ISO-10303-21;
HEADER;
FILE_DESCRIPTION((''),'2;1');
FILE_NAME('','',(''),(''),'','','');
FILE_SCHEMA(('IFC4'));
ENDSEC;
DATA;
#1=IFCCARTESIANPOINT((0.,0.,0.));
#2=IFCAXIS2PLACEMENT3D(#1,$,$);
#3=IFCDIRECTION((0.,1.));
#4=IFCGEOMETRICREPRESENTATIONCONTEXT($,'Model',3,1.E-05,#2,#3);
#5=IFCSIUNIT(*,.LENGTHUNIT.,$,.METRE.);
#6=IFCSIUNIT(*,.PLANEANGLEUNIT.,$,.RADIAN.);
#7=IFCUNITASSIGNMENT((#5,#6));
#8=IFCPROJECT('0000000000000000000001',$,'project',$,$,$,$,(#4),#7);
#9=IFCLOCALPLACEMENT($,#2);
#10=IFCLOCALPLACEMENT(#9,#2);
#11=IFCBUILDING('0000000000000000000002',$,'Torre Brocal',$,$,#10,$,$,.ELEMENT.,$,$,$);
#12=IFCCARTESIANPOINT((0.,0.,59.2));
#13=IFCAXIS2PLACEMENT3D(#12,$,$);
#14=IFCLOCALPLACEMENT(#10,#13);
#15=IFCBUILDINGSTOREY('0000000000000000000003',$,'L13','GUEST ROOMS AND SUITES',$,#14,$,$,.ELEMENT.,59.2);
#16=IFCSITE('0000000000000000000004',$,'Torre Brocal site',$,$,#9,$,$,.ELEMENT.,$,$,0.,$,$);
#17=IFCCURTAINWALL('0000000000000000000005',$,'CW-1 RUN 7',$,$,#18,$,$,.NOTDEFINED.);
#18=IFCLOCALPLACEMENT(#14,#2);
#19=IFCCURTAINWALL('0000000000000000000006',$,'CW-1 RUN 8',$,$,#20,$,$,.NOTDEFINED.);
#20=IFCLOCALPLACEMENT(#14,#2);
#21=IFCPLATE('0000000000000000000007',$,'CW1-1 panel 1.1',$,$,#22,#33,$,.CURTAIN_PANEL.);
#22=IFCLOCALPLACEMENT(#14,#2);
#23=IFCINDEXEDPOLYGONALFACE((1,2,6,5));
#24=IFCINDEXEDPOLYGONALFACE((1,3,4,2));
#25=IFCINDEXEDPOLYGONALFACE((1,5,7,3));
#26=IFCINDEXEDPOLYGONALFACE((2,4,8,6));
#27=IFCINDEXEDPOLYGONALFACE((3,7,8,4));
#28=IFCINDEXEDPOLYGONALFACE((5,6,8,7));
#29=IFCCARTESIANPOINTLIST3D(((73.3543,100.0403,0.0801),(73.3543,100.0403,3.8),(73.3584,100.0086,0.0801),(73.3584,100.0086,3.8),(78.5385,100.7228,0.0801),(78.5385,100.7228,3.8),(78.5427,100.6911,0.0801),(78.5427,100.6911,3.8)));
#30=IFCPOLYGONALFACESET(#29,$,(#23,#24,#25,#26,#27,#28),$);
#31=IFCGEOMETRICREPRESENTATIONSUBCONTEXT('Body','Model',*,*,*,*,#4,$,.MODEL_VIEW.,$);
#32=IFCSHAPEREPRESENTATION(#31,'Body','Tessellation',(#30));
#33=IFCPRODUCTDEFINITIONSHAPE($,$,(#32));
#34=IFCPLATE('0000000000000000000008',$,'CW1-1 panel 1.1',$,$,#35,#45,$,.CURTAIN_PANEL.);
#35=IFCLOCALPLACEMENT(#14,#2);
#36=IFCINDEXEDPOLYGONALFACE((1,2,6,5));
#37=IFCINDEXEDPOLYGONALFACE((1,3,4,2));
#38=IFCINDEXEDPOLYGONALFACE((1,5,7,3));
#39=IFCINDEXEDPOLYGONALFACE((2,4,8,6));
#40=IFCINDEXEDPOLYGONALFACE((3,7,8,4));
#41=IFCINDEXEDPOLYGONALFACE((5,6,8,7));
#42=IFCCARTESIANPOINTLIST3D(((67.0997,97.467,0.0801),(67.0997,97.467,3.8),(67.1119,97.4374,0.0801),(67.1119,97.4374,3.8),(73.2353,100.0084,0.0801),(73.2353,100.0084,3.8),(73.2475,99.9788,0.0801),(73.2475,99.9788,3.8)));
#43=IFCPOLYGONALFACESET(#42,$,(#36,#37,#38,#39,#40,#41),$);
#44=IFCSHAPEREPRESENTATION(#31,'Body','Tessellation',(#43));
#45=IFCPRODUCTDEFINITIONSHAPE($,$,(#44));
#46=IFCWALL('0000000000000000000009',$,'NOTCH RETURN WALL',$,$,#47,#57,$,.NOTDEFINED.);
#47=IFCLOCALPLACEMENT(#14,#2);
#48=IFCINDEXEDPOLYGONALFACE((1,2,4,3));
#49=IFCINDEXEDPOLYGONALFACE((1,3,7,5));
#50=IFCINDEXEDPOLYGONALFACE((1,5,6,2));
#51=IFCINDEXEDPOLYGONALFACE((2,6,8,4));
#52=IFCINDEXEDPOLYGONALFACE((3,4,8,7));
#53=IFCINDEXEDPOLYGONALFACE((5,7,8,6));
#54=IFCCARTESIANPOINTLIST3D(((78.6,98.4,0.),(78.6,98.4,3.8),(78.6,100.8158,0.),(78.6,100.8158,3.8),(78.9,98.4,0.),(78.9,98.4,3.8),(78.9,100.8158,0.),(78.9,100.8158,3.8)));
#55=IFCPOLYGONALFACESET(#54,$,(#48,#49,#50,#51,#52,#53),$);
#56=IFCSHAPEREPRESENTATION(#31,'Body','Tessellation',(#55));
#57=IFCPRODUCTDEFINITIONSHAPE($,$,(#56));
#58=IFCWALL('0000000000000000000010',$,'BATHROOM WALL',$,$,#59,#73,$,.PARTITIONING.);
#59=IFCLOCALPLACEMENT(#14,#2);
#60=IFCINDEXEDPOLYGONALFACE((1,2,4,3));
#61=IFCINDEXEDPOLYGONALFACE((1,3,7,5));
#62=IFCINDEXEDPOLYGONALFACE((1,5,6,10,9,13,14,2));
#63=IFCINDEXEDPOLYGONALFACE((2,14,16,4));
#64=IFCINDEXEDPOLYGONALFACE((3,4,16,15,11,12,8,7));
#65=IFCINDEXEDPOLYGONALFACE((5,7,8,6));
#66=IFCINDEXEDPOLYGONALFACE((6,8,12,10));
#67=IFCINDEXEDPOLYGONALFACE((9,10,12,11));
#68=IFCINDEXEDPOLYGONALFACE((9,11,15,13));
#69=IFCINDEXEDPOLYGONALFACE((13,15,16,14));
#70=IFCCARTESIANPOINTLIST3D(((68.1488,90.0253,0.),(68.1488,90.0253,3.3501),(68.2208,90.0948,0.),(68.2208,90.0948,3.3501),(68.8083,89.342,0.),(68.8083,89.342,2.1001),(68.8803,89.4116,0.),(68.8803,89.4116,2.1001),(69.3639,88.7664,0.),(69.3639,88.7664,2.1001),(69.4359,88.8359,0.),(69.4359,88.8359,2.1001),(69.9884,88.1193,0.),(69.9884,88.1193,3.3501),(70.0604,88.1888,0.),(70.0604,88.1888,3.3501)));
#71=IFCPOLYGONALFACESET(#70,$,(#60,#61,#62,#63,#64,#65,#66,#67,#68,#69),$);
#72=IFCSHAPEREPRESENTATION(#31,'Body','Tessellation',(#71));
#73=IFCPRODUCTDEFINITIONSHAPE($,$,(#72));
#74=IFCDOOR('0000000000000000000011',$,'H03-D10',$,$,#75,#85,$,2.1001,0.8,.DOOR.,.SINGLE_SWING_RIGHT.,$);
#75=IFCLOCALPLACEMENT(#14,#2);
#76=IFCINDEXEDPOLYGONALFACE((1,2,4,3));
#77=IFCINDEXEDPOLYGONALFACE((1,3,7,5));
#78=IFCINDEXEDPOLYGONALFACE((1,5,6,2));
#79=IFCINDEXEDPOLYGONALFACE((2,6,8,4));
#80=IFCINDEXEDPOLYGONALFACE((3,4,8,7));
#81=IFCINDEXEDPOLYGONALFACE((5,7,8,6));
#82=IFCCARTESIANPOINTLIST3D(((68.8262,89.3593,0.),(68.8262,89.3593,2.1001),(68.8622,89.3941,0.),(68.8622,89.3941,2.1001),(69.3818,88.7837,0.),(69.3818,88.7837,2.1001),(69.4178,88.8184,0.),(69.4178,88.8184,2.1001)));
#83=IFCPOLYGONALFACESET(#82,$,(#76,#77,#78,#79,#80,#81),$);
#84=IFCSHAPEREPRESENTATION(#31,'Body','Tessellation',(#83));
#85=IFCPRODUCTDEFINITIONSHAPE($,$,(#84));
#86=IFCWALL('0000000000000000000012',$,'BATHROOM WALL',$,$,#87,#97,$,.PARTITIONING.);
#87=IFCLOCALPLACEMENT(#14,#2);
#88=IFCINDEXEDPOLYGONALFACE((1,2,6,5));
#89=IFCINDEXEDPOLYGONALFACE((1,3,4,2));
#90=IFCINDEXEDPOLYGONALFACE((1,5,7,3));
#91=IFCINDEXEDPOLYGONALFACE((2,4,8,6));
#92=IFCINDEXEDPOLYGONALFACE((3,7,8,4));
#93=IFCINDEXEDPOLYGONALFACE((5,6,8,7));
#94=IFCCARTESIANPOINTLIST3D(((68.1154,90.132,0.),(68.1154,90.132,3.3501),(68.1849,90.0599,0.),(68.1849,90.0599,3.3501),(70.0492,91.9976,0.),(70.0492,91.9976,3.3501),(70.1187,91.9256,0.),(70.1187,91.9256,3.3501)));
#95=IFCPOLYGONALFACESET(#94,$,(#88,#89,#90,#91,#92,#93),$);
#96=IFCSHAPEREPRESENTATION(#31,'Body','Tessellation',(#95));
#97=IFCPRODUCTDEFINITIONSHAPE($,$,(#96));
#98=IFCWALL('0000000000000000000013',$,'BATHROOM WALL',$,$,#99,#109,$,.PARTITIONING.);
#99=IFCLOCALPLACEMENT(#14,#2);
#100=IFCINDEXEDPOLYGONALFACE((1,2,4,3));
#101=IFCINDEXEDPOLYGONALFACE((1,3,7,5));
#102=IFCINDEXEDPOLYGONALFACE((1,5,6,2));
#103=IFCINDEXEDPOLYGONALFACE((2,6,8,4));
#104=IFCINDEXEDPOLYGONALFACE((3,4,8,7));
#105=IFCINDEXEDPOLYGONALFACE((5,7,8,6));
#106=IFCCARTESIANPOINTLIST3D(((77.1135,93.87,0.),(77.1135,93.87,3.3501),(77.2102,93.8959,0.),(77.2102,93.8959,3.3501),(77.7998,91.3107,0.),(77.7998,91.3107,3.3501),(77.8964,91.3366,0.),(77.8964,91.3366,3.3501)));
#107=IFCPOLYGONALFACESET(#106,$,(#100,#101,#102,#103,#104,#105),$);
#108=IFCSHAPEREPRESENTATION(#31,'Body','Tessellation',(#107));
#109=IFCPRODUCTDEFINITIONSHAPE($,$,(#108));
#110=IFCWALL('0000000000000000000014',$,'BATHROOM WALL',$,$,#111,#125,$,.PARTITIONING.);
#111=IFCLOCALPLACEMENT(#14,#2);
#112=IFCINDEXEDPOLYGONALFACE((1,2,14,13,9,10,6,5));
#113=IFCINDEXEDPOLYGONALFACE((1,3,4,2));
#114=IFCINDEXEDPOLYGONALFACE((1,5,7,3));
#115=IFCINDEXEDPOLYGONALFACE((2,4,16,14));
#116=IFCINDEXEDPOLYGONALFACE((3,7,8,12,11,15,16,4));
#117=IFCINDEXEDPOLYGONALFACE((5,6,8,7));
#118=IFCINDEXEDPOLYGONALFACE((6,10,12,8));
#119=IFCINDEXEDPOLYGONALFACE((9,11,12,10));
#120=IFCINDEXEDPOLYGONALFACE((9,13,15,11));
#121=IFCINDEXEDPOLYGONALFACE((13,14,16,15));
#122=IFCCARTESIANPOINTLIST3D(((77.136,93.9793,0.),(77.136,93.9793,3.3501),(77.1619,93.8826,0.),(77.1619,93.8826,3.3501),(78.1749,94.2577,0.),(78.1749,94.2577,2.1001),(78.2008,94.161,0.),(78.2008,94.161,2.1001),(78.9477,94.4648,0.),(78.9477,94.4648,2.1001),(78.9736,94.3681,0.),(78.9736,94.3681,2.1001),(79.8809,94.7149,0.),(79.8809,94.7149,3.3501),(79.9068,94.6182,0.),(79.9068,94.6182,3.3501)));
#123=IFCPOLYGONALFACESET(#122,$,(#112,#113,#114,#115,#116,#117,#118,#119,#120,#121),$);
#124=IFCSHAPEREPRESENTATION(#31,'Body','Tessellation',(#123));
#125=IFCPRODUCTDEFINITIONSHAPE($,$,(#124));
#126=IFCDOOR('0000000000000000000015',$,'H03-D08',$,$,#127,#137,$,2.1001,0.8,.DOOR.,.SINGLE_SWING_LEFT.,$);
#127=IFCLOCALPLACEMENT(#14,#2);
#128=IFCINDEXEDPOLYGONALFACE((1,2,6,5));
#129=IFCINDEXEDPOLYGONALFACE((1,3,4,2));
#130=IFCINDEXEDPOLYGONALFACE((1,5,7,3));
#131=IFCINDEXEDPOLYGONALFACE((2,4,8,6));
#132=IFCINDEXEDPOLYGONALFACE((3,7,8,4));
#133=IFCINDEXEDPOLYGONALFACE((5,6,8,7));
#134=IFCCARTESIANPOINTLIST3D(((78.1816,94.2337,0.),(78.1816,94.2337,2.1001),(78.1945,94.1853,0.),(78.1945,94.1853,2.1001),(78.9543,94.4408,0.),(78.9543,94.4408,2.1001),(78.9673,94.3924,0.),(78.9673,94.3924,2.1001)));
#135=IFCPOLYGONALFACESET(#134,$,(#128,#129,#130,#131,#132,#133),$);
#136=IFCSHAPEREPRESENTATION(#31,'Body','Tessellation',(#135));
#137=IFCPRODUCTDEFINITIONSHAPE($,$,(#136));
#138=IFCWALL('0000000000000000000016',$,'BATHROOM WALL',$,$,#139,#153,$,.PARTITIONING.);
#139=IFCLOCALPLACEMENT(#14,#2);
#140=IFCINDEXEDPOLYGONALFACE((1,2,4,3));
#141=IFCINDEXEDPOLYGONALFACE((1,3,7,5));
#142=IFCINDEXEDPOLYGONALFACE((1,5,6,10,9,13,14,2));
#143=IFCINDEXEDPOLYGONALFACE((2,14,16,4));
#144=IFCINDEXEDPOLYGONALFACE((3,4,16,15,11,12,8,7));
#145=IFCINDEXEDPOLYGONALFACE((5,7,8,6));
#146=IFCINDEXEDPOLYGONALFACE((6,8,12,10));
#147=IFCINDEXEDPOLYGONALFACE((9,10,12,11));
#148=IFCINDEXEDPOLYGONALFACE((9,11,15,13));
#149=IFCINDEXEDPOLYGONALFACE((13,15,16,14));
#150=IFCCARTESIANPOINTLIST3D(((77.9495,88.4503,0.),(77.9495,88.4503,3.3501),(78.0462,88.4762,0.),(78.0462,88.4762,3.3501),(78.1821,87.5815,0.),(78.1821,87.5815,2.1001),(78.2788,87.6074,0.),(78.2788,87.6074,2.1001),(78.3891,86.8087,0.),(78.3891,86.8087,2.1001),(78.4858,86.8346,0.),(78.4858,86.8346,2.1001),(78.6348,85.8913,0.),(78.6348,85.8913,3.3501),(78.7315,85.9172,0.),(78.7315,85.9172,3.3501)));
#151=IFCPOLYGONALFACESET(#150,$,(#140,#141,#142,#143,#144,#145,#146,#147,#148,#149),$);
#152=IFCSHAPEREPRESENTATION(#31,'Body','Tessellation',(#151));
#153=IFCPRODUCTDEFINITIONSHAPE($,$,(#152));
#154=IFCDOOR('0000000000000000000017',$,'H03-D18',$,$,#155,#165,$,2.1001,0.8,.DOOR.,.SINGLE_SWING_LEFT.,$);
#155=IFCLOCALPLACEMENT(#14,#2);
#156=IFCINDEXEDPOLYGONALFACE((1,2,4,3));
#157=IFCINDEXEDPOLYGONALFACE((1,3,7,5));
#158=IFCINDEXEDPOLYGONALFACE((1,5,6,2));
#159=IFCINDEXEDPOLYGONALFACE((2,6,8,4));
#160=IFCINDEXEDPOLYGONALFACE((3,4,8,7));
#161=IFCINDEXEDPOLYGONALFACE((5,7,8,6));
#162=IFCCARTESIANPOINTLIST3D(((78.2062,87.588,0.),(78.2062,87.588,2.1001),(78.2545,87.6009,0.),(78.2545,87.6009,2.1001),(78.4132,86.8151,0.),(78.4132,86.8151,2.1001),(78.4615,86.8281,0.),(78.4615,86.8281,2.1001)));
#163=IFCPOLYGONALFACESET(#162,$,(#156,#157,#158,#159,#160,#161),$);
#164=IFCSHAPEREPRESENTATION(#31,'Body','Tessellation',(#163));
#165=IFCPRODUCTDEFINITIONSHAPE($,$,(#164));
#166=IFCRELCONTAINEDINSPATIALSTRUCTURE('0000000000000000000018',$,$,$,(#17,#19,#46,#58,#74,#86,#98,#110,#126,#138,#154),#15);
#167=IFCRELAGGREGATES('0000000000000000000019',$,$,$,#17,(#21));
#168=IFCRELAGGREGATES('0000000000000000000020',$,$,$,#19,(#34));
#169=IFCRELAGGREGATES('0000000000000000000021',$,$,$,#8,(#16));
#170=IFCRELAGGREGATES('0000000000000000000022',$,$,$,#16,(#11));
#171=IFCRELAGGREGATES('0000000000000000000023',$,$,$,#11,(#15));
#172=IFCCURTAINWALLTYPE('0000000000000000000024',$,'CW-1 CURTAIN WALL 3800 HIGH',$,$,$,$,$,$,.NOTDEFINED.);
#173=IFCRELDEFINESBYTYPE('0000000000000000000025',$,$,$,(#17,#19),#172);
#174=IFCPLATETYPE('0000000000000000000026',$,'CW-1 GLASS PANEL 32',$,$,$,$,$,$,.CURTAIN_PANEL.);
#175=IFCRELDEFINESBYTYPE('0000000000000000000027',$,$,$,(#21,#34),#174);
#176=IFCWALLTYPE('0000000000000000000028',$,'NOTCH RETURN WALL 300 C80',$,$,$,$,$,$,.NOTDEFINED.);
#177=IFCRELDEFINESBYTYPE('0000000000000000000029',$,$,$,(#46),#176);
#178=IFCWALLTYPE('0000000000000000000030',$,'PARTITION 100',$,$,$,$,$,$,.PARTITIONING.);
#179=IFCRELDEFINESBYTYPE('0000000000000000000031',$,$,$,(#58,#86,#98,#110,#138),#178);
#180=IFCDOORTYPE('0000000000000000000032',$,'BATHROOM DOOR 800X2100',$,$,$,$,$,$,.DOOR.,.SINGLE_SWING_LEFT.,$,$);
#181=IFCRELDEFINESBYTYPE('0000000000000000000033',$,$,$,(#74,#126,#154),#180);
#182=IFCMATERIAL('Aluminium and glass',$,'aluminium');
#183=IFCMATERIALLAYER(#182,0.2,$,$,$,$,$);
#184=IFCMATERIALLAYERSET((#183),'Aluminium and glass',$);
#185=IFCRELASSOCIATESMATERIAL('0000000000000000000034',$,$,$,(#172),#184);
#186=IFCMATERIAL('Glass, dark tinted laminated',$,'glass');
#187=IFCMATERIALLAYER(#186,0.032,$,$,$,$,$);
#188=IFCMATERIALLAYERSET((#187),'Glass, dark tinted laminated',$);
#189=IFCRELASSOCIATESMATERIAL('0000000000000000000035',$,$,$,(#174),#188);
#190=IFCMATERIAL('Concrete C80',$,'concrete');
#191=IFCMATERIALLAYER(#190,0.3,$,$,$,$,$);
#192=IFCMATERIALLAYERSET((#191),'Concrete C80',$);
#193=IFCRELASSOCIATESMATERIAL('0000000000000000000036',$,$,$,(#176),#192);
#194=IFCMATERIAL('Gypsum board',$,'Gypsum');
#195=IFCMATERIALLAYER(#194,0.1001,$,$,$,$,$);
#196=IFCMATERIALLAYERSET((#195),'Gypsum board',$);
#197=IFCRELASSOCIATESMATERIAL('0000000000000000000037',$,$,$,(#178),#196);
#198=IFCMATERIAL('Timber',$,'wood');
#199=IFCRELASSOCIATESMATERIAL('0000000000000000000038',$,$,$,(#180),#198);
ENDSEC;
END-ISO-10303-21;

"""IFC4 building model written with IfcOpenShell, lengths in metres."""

from ifc_helpers import new_model, si_unit, direction, frame, frame_2d, origin, origin_2d, place, context, subcontext, project, spatial, rectangle, extrude, material, layer, layer_set, type_object, element, fill, aggregate, save


model = new_model("IFC4")

# Units and contexts
model_context = context("Model", 3, precision=1e-05, world=origin(), true_north=direction((0.0, 1.0)))
body_context = subcontext(model_context, "Body", "Model", "MODEL_VIEW")
ifc_project = project(units=[si_unit("LENGTHUNIT", "METRE"), si_unit("PLANEANGLEUNIT", "RADIAN")], contexts=[model_context])

# Site, building, storey
site_placement = place(None, origin())
site = spatial("IfcSite", under=ifc_project, at=site_placement, Name="Torre Brocal site", CompositionType="ELEMENT", RefElevation=0.0)
building_placement = place(site_placement, origin())
building = spatial("IfcBuilding", under=site, at=building_placement, Name="Torre Brocal", CompositionType="ELEMENT")
storey_placement = place(building_placement, frame((0.0, 0.0, 59.2)))
storey = spatial("IfcBuildingStorey", under=building, at=storey_placement, Name="L13", Description="GUEST ROOMS AND SUITES", CompositionType="ELEMENT", Elevation=59.2)

# Curtain wall
ifc_material_1 = material(Name="Aluminium and glass", Category="aluminium")
ifc_layer_1 = layer(ifc_material_1, 0.2)
ifc_layer_set_1 = layer_set([ifc_layer_1], Name="Aluminium and glass")
curtain_wall_type = type_object("IfcCurtainWallType", Name="CW-1 CURTAIN WALL 3800 HIGH", PredefinedType="NOTDEFINED", material=ifc_layer_set_1)
curtain_wall_1_placement = place(storey_placement, origin())
curtain_wall_1 = element("IfcCurtainWall", 1, at=curtain_wall_1_placement, inside=storey, type_object=curtain_wall_type, Name="CW-1 RUN 7", PredefinedType="NOTDEFINED")

# Curtain wall
curtain_wall_2_placement = place(storey_placement, origin())
curtain_wall_2 = element("IfcCurtainWall", 2, at=curtain_wall_2_placement, inside=storey, type_object=curtain_wall_type, Name="CW-1 RUN 8", PredefinedType="NOTDEFINED")

# Plates
ifc_material_2 = material(Name="Glass, dark tinted laminated", Category="glass")
ifc_layer_2 = layer(ifc_material_2, 0.032)
ifc_layer_set_2 = layer_set([ifc_layer_2], Name="Glass, dark tinted laminated")
plate_type = type_object("IfcPlateType", Name="CW-1 GLASS PANEL 32", PredefinedType="CURTAIN_PANEL", material=ifc_layer_set_2)
plate_1_placement = place(storey_placement, frame((75.9485, 100.3657, 0.0801), z_axis=(0.0, 0.0, 1.0), x_axis=(-0.991445, -0.130526, 0.0)))
plate_1 = element("IfcPlate", 3, at=plate_1_placement, type_object=plate_type, Name="CW1-1 panel 1.1", PredefinedType="CURTAIN_PANEL", context=body_context, shape_type="SweptSolid", body=[
    extrude(rectangle(XDim=5.229, YDim=0.032, at=origin_2d()), origin(), (0.0, 0.0, 1.0), 3.72),
])
aggregate(curtain_wall_1, [plate_1])
plate_2_placement = place(storey_placement, frame((70.1736, 98.7229, 0.0801), z_axis=(0.0, 0.0, 1.0), x_axis=(-0.92388, -0.382683, 0.0)))
plate_2 = element("IfcPlate", 4, at=plate_2_placement, type_object=plate_type, Name="CW1-1 panel 1.1", PredefinedType="CURTAIN_PANEL", context=body_context, shape_type="SweptSolid", body=[
    extrude(rectangle(XDim=6.6411, YDim=0.032, at=origin_2d()), origin(), (0.0, 0.0, 1.0), 3.72),
])
aggregate(curtain_wall_2, [plate_2])

# Wall
ifc_material_3 = material(Name="Concrete C80", Category="concrete")
ifc_layer_3 = layer(ifc_material_3, 0.3)
ifc_layer_set_3 = layer_set([ifc_layer_3], Name="Concrete C80")
wall_type_1 = type_object("IfcWallType", Name="NOTCH RETURN WALL 300 C80", PredefinedType="NOTDEFINED", material=ifc_layer_set_3)
wall_1_placement = place(storey_placement, frame((78.75, 98.3999, 0.0), z_axis=(0.0, 0.0, 1.0), x_axis=(0.0, 1.0, 0.0)))
element("IfcWall", 5, at=wall_1_placement, inside=storey, type_object=wall_type_1, Name="NOTCH RETURN WALL", PredefinedType="NOTDEFINED", context=body_context, shape_type="SweptSolid", body=[
    extrude(rectangle(XDim=2.4158, YDim=0.3, at=frame_2d((1.208, 0.0))), origin(), (0.0, 0.0, 1.0), 3.8),
])

# Wall, opening, door
ifc_material_4 = material(Name="Gypsum board", Category="Gypsum")
ifc_layer_4 = layer(ifc_material_4, 0.1001)
ifc_layer_set_4 = layer_set([ifc_layer_4], Name="Gypsum board")
wall_type_2 = type_object("IfcWallType", Name="PARTITION 100", PredefinedType="PARTITIONING", material=ifc_layer_set_4)
wall_2_placement = place(storey_placement, frame((68.1848, 90.0601, 0.0), z_axis=(0.0, 0.0, 1.0), x_axis=(0.694461, -0.71953, 0.0)))
wall_2 = element("IfcWall", 6, at=wall_2_placement, inside=storey, type_object=wall_type_2, Name="BATHROOM WALL", PredefinedType="PARTITIONING", context=body_context, shape_type="SweptSolid", body=[
    extrude(rectangle(XDim=2.6489, YDim=0.1001, at=frame_2d((1.3245, 0.0))), origin(), (0.0, 0.0, 1.0), 3.3501),
])
opening_1_placement = place(wall_2_placement, frame((0.9497, 0.0, 0.0)))
opening_1 = element("IfcOpeningElement", 7, at=opening_1_placement, cuts=wall_2, PredefinedType="OPENING", context=body_context, shape_type="SweptSolid", body=[
    extrude(rectangle(XDim=0.8, YDim=2.1001, at=frame_2d((0.3999, 1.05))), frame((0.0, 0.0601, 0.0), z_axis=(0.0, -1.0, 0.0), x_axis=(1.0, 0.0, 0.0)), (0.0, 0.0, 1.0), 0.1201),
])
ifc_material_5 = material(Name="Timber", Category="wood")
door_type_1 = type_object("IfcDoorType", Name="BATHROOM DOOR 800X2100", OperationType="SINGLE_SWING_LEFT", PredefinedType="DOOR", material=ifc_material_5)
door_1_placement = place(opening_1_placement, origin())
door_1 = element("IfcDoor", 8, at=door_1_placement, inside=storey, type_object=door_type_1, Name="H03-D10", OperationType="SINGLE_SWING_RIGHT", OverallHeight=2.1001, OverallWidth=0.8, PredefinedType="DOOR", context=body_context, shape_type="SweptSolid", body=[
    extrude(rectangle(XDim=0.8, YDim=2.1001, at=frame_2d((0.3999, 1.05))), frame((0.0, 0.0249, 0.0), z_axis=(0.0, -1.0, 0.0), x_axis=(1.0, 0.0, 0.0)), (0.0, 0.0, 1.0), 0.05),
])
fill(opening_1, door_1)

# Walls
wall_3_placement = place(storey_placement, frame((68.1501, 90.0959, 0.0), z_axis=(0.0, 0.0, 1.0), x_axis=(0.719668, 0.694319, 0.0)))
element("IfcWall", 9, at=wall_3_placement, inside=storey, type_object=wall_type_2, Name="BATHROOM WALL", PredefinedType="PARTITIONING", context=body_context, shape_type="SweptSolid", body=[
    extrude(rectangle(XDim=2.687, YDim=0.1001, at=frame_2d((1.3435, 0.0))), origin(), (0.0, 0.0, 1.0), 3.3501),
])
wall_4_placement = place(storey_placement, frame((77.1619, 93.8828, 0.0), z_axis=(0.0, 0.0, 1.0), x_axis=(0.258999, -0.965878, 0.0)))
element("IfcWall", 10, at=wall_4_placement, inside=storey, type_object=wall_type_2, Name="BATHROOM WALL", PredefinedType="PARTITIONING", context=body_context, shape_type="SweptSolid", body=[
    extrude(rectangle(XDim=2.6497, YDim=0.1001, at=frame_2d((1.3247, 0.0))), origin(), (0.0, 0.0, 1.0), 3.3501),
])

# Walls, openings, doors
wall_5_placement = place(storey_placement, frame((77.1489, 93.9309, 0.0), z_axis=(0.0, 0.0, 1.0), x_axis=(0.965916, 0.258855, 0.0)))
wall_5 = element("IfcWall", 11, at=wall_5_placement, inside=storey, type_object=wall_type_2, Name="BATHROOM WALL", PredefinedType="PARTITIONING", context=body_context, shape_type="SweptSolid", body=[
    extrude(rectangle(XDim=2.8418, YDim=0.1001, at=frame_2d((1.4209, 0.0))), origin(), (0.0, 0.0, 1.0), 3.3501),
])
opening_2_placement = place(wall_5_placement, frame((1.0757, 0.0, 0.0)))
opening_2 = element("IfcOpeningElement", 12, at=opening_2_placement, cuts=wall_5, PredefinedType="OPENING", context=body_context, shape_type="SweptSolid", body=[
    extrude(rectangle(XDim=0.8, YDim=2.1001, at=frame_2d((0.3999, 1.05))), frame((0.0, 0.0601, 0.0), z_axis=(0.0, -1.0, 0.0), x_axis=(1.0, 0.0, 0.0)), (0.0, 0.0, 1.0), 0.1201),
])
door_2_placement = place(opening_2_placement, frame((0.8, 0.0, 0.0), z_axis=(0.0, 0.0, 1.0), x_axis=(-1.0, 0.0, 0.0)))
door_2 = element("IfcDoor", 13, at=door_2_placement, inside=storey, type_object=door_type_1, Name="H03-D08", OperationType="SINGLE_SWING_LEFT", OverallHeight=2.1001, OverallWidth=0.8, PredefinedType="DOOR", context=body_context, shape_type="SweptSolid", body=[
    extrude(rectangle(XDim=0.8, YDim=2.1001, at=frame_2d((0.3999, 1.05))), frame((0.0, 0.0249, 0.0), z_axis=(0.0, -1.0, 0.0), x_axis=(1.0, 0.0, 0.0)), (0.0, 0.0, 1.0), 0.05),
])
fill(opening_2, door_2)
wall_6_placement = place(storey_placement, frame((77.9978, 88.4634, 0.0), z_axis=(0.0, 0.0, 1.0), x_axis=(0.258678, -0.965964, 0.0)))
wall_6 = element("IfcWall", 14, at=wall_6_placement, inside=storey, type_object=wall_type_2, Name="BATHROOM WALL", PredefinedType="PARTITIONING", context=body_context, shape_type="SweptSolid", body=[
    extrude(rectangle(XDim=2.6492, YDim=0.1001, at=frame_2d((1.3247, 0.0))), origin(), (0.0, 0.0, 1.0), 3.3501),
])
opening_3_placement = place(wall_6_placement, frame((0.8997, 0.0, 0.0)))
opening_3 = element("IfcOpeningElement", 15, at=opening_3_placement, cuts=wall_6, PredefinedType="OPENING", context=body_context, shape_type="SweptSolid", body=[
    extrude(rectangle(XDim=0.8, YDim=2.1001, at=frame_2d((0.3999, 1.05))), frame((0.0, 0.0601, 0.0), z_axis=(0.0, -1.0, 0.0), x_axis=(1.0, 0.0, 0.0)), (0.0, 0.0, 1.0), 0.1201),
])
door_3_placement = place(opening_3_placement, origin())
door_3 = element("IfcDoor", 16, at=door_3_placement, inside=storey, type_object=door_type_1, Name="H03-D18", OperationType="SINGLE_SWING_LEFT", OverallHeight=2.1001, OverallWidth=0.8, PredefinedType="DOOR", context=body_context, shape_type="SweptSolid", body=[
    extrude(rectangle(XDim=0.8, YDim=2.1001, at=frame_2d((0.3999, 1.05))), frame((0.0, 0.0249, 0.0), z_axis=(0.0, -1.0, 0.0), x_axis=(1.0, 0.0, 0.0)), (0.0, 0.0, 1.0), 0.05),
])
fill(opening_3, door_3)

save(model, "model.ifc")
